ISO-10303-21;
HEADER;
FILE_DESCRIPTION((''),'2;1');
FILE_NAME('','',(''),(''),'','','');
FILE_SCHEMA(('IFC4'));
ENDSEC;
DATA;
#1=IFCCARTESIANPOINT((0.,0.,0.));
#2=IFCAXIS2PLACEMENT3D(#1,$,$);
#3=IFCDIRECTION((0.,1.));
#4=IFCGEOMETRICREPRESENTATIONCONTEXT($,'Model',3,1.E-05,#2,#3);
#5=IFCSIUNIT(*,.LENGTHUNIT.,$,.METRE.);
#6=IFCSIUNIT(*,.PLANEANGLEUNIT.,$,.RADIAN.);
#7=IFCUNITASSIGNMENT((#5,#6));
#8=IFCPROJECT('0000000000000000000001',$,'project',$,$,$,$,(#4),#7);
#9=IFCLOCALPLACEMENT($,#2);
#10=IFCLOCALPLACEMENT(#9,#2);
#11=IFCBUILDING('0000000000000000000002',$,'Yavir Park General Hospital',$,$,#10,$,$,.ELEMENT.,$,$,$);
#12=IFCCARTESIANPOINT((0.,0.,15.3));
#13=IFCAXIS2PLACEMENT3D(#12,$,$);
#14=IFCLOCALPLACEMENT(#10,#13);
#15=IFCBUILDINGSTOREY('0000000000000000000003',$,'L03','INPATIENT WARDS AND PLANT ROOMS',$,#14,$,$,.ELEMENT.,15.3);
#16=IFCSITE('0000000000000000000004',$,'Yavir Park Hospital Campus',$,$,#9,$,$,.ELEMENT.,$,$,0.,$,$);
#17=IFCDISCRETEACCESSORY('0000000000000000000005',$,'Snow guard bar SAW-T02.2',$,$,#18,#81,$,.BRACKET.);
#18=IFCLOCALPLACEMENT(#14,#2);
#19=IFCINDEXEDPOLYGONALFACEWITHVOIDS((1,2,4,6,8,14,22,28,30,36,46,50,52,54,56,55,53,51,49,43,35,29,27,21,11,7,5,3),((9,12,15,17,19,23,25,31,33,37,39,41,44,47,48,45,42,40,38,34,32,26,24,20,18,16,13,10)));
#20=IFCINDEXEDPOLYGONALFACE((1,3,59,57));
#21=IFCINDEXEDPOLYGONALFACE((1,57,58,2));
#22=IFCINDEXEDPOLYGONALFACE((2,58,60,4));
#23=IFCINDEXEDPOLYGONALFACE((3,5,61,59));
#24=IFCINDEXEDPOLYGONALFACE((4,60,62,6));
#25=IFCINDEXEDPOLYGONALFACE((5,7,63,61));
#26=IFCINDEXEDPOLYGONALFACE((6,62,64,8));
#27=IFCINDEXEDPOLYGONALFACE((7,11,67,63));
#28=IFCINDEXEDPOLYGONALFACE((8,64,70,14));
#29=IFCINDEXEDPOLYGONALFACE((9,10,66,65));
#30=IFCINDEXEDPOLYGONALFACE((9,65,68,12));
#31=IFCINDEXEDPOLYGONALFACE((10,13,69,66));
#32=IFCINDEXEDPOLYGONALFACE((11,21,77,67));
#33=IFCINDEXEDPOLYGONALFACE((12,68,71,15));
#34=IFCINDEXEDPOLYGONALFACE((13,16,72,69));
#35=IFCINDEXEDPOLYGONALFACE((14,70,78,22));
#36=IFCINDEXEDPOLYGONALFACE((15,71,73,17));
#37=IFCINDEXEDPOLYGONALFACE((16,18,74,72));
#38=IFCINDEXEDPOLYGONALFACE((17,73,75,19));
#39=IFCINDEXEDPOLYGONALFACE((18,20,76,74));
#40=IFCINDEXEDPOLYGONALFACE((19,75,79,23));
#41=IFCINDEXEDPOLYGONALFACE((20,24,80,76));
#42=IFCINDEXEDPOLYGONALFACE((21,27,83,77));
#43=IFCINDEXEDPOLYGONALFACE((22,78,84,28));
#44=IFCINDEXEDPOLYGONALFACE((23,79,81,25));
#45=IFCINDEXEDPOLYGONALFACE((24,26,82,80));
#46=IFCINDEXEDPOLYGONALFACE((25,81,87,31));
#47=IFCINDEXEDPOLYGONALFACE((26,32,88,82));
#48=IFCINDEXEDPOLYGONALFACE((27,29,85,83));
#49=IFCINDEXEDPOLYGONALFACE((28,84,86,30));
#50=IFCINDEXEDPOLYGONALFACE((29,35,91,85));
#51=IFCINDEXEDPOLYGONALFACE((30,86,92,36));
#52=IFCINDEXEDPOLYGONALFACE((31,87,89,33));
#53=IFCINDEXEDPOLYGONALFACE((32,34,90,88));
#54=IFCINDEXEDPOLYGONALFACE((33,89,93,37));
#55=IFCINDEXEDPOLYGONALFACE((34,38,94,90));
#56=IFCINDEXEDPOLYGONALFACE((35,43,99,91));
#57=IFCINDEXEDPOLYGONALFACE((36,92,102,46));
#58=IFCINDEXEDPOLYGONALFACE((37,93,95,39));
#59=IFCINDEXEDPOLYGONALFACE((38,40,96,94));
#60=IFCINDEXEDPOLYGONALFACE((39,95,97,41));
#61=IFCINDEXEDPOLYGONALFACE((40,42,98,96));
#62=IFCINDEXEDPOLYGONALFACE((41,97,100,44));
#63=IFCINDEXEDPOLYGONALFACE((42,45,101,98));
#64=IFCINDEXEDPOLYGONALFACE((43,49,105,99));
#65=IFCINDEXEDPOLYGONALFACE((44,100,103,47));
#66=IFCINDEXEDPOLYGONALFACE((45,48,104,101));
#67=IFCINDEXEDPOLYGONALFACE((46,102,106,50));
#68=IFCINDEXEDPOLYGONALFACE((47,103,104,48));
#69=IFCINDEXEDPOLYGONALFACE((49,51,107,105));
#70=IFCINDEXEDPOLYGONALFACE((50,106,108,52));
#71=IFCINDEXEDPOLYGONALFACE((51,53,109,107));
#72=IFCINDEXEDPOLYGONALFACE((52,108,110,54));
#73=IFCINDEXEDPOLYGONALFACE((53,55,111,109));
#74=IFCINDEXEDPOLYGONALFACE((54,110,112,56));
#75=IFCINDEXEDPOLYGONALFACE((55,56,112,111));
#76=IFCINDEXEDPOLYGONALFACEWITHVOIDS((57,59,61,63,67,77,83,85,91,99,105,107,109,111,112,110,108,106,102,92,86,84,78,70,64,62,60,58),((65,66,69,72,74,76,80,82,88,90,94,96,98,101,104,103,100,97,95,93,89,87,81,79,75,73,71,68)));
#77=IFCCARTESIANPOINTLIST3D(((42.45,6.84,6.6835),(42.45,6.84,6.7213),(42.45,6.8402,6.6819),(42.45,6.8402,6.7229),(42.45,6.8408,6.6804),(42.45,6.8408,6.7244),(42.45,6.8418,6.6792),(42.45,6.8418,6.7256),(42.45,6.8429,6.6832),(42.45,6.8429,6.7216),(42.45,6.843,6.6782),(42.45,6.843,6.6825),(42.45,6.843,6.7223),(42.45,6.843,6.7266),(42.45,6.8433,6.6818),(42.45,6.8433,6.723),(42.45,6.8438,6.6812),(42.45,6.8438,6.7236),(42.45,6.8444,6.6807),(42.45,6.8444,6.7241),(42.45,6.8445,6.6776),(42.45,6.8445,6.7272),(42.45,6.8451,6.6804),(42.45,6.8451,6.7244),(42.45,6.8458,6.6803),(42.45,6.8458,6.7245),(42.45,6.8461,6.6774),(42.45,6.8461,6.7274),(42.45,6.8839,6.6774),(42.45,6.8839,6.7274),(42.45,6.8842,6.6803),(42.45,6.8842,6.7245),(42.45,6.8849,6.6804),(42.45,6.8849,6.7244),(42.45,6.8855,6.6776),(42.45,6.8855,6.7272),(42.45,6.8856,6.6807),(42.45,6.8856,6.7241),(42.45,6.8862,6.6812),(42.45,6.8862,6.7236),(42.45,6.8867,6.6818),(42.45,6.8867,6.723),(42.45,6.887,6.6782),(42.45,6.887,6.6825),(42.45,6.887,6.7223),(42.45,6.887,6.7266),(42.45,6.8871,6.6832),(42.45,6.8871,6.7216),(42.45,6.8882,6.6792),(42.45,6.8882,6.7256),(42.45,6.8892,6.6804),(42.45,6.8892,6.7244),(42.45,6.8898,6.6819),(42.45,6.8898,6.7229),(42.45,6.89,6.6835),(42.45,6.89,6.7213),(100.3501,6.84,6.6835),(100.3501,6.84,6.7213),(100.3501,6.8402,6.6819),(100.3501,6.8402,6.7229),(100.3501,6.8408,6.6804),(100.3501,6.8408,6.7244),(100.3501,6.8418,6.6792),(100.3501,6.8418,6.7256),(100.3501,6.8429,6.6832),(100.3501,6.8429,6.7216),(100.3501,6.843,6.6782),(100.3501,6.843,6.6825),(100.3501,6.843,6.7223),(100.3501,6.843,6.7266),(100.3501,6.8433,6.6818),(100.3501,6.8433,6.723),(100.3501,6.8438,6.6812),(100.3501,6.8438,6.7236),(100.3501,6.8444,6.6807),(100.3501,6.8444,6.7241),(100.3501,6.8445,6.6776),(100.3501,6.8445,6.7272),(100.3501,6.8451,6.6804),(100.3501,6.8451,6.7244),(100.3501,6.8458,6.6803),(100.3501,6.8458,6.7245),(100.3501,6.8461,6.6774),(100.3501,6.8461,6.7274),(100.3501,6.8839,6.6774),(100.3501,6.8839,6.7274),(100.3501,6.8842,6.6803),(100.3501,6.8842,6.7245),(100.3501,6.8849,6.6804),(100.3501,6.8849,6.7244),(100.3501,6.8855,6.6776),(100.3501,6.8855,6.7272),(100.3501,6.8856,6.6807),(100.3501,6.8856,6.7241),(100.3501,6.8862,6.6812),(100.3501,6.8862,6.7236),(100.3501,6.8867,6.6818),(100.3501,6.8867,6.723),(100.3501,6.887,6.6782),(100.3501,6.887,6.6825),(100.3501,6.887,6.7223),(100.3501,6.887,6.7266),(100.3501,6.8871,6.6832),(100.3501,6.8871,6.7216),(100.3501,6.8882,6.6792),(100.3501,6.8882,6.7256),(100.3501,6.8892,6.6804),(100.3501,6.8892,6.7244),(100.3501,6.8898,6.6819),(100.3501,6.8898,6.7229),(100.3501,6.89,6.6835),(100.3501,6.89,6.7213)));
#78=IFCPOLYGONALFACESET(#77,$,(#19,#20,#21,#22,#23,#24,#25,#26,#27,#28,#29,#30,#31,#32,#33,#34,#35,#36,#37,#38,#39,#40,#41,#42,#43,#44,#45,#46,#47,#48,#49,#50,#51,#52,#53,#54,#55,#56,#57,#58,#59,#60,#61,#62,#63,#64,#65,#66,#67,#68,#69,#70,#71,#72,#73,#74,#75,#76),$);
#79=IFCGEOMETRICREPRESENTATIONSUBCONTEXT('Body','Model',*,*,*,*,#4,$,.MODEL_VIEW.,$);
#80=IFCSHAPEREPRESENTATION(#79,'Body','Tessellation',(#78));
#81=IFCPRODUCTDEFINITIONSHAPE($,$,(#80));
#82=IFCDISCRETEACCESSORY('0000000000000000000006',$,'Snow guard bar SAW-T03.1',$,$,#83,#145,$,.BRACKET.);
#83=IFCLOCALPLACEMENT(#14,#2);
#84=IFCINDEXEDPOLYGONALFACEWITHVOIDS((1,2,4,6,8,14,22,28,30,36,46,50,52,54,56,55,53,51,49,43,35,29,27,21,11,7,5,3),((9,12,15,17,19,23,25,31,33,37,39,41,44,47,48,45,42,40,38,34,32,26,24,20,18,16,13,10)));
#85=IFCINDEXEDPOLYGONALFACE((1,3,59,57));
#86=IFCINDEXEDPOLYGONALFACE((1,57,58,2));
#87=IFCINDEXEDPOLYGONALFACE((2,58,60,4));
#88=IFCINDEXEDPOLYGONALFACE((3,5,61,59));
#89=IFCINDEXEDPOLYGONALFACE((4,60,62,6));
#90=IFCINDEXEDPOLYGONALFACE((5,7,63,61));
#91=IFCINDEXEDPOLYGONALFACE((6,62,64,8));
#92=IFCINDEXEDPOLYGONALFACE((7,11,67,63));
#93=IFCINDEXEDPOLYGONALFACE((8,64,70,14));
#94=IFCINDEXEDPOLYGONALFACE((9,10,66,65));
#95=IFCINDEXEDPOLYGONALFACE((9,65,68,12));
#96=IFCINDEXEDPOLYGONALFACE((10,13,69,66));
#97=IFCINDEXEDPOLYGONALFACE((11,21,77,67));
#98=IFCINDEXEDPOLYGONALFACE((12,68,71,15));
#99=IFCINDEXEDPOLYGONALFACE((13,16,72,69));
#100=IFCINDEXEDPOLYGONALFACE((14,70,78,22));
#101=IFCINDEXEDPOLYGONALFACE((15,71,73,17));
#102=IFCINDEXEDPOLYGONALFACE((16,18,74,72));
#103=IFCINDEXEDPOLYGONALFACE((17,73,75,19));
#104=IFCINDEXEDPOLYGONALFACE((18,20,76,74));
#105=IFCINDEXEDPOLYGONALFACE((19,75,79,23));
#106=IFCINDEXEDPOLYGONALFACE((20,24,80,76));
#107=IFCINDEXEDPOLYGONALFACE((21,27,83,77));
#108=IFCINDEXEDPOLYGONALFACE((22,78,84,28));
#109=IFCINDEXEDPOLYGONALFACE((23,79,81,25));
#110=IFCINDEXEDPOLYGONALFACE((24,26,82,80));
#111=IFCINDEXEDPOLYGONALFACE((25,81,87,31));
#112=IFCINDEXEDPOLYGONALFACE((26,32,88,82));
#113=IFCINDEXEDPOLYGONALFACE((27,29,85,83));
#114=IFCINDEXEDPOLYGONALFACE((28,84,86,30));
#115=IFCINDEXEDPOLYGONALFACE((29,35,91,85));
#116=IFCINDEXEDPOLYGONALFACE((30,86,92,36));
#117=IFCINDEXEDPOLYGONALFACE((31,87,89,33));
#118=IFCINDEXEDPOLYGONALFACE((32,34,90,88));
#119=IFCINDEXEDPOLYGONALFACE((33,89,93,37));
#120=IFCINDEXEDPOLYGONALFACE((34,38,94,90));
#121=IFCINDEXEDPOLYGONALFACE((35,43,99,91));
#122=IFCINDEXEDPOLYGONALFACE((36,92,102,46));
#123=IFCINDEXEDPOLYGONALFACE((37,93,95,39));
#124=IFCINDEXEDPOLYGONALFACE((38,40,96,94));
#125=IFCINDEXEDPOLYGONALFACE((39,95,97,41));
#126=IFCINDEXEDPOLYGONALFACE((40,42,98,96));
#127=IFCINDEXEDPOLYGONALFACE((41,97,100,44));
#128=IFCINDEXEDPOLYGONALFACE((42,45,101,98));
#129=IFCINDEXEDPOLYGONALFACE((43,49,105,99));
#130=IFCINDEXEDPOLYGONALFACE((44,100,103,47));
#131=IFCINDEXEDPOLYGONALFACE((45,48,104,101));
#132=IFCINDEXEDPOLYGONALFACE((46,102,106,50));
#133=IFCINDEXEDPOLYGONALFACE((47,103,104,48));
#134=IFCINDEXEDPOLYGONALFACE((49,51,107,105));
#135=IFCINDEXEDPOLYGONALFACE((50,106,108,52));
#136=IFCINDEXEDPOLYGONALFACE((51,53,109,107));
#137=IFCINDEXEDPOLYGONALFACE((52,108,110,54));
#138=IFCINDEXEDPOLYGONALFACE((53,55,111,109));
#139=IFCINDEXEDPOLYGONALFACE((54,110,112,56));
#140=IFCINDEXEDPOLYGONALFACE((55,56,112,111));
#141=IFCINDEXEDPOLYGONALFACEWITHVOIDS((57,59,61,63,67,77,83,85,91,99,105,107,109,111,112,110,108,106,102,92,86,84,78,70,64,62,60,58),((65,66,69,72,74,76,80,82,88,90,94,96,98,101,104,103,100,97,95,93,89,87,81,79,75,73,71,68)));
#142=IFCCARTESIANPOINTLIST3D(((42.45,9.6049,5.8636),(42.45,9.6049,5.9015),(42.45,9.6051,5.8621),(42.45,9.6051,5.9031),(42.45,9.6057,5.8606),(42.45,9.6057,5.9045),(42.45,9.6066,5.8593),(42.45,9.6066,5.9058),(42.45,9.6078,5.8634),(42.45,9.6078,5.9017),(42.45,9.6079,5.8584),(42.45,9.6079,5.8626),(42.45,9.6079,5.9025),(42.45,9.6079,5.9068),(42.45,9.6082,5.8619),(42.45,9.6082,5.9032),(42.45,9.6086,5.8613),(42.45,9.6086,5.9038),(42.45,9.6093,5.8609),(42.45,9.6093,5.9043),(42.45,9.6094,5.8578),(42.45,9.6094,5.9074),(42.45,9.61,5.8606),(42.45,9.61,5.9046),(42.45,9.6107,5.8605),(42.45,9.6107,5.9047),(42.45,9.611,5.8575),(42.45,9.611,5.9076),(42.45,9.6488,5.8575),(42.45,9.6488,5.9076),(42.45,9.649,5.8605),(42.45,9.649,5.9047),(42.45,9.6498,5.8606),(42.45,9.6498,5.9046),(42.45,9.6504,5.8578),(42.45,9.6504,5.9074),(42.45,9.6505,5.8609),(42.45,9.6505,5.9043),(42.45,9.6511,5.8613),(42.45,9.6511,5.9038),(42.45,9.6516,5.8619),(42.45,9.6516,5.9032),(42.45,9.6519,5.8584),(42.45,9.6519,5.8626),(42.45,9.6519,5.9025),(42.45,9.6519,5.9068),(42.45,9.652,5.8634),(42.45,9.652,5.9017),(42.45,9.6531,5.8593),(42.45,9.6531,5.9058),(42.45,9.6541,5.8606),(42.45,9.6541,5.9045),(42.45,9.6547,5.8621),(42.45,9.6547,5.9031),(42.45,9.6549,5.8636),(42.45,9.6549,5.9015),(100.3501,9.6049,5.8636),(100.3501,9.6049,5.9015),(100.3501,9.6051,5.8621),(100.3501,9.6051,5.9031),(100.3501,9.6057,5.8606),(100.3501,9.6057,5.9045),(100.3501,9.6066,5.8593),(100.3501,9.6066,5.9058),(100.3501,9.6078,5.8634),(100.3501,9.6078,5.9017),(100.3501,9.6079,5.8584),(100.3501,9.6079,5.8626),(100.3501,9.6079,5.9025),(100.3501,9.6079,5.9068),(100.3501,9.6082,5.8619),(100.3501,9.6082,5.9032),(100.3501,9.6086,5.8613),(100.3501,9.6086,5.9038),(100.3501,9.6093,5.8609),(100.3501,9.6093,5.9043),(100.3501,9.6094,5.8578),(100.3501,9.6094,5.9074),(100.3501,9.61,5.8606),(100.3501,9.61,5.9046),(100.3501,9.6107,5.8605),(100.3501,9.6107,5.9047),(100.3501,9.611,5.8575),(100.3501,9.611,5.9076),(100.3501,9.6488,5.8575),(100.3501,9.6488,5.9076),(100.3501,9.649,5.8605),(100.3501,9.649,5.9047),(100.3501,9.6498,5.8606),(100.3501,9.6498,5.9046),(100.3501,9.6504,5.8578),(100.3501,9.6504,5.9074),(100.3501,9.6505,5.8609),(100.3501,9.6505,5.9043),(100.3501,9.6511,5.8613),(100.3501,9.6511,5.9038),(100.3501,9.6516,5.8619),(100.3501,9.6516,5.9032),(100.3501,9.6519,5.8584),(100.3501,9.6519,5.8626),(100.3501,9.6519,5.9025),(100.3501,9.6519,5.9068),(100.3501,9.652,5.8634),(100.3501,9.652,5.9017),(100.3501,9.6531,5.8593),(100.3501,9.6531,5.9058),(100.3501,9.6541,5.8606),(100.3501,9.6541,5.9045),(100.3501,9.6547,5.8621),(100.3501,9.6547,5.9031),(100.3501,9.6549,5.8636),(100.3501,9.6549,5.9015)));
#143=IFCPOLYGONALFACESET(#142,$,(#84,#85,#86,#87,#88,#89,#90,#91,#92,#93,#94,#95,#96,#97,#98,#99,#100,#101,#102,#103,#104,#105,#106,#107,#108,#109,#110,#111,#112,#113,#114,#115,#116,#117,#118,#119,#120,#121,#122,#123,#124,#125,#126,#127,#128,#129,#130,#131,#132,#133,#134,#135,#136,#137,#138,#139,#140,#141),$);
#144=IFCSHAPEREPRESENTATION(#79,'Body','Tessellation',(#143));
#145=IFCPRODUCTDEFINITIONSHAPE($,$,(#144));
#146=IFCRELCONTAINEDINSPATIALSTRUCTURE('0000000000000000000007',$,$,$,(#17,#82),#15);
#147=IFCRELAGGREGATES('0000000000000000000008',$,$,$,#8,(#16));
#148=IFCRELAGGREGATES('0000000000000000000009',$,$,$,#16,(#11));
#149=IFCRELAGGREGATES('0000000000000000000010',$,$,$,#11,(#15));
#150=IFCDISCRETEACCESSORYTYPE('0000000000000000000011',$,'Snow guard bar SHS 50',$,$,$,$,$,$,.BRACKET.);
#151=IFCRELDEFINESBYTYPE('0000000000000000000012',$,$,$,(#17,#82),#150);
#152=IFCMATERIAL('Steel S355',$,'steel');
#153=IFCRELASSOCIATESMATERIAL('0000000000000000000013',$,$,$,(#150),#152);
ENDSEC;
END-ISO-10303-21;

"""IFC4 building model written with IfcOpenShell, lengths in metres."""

from ifc_helpers import new_model, si_unit, direction, frame, origin, origin_2d, place, context, subcontext, project, spatial, hollow_rectangle, extrude, material, material_profile, profile_set, type_object, element, save


model = new_model("IFC4")

# Units and contexts
model_context = context("Model", 3, precision=1e-05, world=origin(), true_north=direction((0.0, 1.0)))
body_context = subcontext(model_context, "Body", "Model", "MODEL_VIEW")
ifc_project = project(units=[si_unit("LENGTHUNIT", "METRE"), si_unit("PLANEANGLEUNIT", "RADIAN")], contexts=[model_context])

# Site, building, storey
site_placement = place(None, origin())
site = spatial("IfcSite", under=ifc_project, at=site_placement, Name="Yavir Park Hospital Campus", CompositionType="ELEMENT", RefElevation=0.0)
building_placement = place(site_placement, origin())
building = spatial("IfcBuilding", under=site, at=building_placement, Name="Yavir Park General Hospital", CompositionType="ELEMENT")
storey_placement = place(building_placement, frame((0.0, 0.0, 15.3)))
storey = spatial("IfcBuildingStorey", under=building, at=storey_placement, Name="L03", Description="INPATIENT WARDS AND PLANT ROOMS", CompositionType="ELEMENT", Elevation=15.3)

# Discrete accessories
ifc_material_1 = material(Name="Steel S355", Category="steel")
ifc_material_profile_1 = material_profile(ifc_material_1, hollow_rectangle(XDim=0.05, YDim=0.05, WallThickness=0.0029, InnerFilletRadius=0.0029, OuterFilletRadius=0.0061, at=origin_2d()), Name="RHS50x50x3")
ifc_profile_set_1 = profile_set([ifc_material_profile_1], Name="Steel S355")
discrete_accessory_type_1 = type_object("IfcDiscreteAccessoryType", Name="Snow guard bar SHS 50", PredefinedType="BRACKET", material=ifc_profile_set_1)
for number, where, z_axis, x_axis, name in (
    (1, (42.45, 6.865, 6.7024), (1.0, 0.0, 0.0), (0.0, 1.0, 0.0), "Snow guard bar SAW-T02.2"),
    (2, (42.45, 9.6299, 5.8826), (1.0, 0.0, 0.0), (0.0, 1.0, 0.0), "Snow guard bar SAW-T03.1"),
):
    element("IfcDiscreteAccessory", number, at=place(storey_placement, frame(where, z_axis=z_axis, x_axis=x_axis)), inside=storey, type_object=discrete_accessory_type_1, Name=name, PredefinedType="BRACKET", context=body_context, shape_type="SweptSolid", body=[
        extrude(hollow_rectangle(XDim=0.05, YDim=0.05, WallThickness=0.0029, InnerFilletRadius=0.0029, OuterFilletRadius=0.0061, at=origin_2d()), origin(), (0.0, 0.0, 1.0), 57.9001),
    ])

save(model, "model.ifc")
